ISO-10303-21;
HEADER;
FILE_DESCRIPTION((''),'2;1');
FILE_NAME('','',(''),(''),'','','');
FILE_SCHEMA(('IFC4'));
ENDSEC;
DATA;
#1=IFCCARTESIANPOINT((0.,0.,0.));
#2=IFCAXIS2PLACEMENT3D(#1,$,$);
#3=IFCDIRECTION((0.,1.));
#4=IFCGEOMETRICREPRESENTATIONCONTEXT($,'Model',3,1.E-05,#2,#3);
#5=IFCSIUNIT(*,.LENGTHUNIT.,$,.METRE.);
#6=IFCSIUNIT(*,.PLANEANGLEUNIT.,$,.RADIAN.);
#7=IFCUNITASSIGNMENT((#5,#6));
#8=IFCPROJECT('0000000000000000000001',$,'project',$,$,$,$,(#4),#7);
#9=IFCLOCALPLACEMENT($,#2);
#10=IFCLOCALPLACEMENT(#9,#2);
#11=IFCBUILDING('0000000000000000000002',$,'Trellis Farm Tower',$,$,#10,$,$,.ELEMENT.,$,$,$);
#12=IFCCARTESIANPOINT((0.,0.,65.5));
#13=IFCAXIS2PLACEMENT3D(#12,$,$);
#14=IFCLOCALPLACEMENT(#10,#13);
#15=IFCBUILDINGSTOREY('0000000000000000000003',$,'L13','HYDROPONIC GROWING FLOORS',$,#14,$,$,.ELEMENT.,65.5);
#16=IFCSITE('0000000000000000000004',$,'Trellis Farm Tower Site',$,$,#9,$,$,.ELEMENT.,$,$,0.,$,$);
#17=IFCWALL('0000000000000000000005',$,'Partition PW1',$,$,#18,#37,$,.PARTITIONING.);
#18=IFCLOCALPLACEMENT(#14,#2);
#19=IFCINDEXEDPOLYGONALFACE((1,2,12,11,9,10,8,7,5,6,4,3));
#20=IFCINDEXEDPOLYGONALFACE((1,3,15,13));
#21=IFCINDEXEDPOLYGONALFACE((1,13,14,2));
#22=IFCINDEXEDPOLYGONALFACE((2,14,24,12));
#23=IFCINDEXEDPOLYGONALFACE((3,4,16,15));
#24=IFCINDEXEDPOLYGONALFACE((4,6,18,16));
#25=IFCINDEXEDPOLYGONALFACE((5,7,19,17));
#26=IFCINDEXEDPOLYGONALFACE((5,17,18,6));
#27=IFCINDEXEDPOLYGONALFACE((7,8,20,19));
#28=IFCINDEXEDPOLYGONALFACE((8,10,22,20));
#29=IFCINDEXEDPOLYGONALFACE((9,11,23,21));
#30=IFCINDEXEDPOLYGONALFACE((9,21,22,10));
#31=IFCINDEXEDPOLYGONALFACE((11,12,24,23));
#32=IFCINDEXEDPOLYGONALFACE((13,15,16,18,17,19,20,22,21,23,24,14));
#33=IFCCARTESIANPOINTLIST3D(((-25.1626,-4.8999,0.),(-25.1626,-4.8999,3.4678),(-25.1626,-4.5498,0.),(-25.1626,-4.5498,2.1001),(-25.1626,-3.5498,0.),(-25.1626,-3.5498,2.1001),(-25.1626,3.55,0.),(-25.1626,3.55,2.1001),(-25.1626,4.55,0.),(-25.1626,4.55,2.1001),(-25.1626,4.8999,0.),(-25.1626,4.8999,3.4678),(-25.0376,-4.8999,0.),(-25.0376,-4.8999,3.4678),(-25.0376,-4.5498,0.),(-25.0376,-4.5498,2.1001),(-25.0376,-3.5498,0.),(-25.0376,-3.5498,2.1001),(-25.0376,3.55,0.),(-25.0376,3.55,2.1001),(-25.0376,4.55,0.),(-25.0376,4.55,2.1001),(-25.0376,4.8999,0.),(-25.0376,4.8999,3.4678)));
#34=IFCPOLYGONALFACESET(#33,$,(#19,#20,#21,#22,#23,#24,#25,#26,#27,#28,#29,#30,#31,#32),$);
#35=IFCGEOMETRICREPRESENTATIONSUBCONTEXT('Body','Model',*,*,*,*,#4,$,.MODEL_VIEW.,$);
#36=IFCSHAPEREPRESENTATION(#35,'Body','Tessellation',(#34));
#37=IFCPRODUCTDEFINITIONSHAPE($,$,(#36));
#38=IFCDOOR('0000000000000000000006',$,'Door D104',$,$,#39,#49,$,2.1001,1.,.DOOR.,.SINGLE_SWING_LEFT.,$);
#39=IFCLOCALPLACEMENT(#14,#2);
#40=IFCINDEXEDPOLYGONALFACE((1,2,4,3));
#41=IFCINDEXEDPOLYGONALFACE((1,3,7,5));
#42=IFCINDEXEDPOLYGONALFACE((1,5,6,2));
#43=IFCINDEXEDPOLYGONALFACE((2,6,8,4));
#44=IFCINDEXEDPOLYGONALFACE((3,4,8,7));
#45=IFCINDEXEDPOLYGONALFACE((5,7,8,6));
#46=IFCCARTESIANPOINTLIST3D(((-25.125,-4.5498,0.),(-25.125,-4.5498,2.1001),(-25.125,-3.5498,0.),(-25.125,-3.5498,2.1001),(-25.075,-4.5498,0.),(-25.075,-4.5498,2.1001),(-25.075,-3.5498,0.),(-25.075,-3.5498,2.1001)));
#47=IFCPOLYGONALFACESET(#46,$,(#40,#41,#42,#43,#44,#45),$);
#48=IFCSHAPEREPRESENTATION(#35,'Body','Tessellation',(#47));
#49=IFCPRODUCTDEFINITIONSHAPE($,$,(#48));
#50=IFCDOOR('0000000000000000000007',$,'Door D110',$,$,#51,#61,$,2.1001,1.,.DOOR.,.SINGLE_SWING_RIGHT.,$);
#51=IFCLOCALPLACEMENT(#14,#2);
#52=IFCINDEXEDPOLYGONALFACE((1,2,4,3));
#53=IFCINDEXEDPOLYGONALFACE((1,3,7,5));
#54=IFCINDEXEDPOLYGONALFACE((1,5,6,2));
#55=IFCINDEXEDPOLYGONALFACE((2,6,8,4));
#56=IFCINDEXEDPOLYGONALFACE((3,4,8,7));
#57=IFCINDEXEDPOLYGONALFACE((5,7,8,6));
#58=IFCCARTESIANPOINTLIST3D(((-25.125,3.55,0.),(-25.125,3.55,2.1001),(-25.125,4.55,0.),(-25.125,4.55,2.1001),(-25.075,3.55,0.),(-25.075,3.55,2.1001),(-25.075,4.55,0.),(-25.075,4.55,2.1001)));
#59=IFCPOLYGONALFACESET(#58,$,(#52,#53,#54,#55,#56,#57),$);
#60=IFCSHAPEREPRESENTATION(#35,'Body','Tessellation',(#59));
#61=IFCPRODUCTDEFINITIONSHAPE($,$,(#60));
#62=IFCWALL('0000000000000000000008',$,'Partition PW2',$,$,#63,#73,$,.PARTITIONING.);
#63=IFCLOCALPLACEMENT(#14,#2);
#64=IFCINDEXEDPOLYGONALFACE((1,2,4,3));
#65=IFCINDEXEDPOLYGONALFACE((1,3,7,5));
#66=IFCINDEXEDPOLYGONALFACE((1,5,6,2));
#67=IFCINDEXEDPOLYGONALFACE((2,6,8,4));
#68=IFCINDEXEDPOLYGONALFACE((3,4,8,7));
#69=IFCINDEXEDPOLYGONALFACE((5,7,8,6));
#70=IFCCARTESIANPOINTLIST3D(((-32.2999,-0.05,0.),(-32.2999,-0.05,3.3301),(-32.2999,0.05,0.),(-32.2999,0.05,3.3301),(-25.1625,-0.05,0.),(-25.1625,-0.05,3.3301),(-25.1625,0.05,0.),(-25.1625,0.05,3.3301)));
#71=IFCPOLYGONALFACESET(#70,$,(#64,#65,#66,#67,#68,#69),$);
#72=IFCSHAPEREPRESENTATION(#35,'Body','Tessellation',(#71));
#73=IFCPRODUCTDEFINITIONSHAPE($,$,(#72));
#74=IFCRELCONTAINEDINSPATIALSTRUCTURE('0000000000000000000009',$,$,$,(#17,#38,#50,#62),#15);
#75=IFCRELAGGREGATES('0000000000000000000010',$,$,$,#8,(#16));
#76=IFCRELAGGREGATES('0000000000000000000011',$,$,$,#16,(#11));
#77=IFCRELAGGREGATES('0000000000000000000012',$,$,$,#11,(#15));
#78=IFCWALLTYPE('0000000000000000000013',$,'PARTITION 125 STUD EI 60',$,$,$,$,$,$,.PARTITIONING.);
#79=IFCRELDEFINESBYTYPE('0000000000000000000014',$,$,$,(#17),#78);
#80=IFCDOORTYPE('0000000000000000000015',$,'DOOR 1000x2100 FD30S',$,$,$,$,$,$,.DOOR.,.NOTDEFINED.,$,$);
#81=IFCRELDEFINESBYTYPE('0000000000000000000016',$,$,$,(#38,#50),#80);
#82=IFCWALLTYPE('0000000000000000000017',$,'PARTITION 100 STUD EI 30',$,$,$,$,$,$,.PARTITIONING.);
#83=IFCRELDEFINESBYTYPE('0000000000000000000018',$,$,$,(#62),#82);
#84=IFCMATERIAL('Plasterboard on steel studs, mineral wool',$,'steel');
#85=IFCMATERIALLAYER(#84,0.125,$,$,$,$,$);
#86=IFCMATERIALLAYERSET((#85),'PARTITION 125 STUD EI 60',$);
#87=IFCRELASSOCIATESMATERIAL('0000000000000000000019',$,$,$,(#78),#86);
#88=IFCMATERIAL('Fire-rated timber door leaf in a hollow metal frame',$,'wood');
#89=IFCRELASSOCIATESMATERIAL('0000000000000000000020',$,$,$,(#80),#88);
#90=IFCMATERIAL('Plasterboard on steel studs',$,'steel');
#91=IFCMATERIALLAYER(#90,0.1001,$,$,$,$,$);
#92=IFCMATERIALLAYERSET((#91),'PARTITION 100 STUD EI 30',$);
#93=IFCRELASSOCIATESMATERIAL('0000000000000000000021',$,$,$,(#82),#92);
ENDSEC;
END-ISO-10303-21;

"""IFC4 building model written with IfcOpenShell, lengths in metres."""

from ifc_helpers import new_model, si_unit, direction, frame, frame_2d, origin, place, context, subcontext, project, spatial, rectangle, extrude, source, transform, mapped, material, layer, layer_set, type_object, element, fill, save


model = new_model("IFC4")

# Units and contexts
model_context = context("Model", 3, precision=1e-05, world=origin(), true_north=direction((0.0, 1.0)))
body_context = subcontext(model_context, "Body", "Model", "MODEL_VIEW")
ifc_project = project(units=[si_unit("LENGTHUNIT", "METRE"), si_unit("PLANEANGLEUNIT", "RADIAN")], contexts=[model_context])

# Site, building, storey
site_placement = place(None, origin())
site = spatial("IfcSite", under=ifc_project, at=site_placement, Name="Trellis Farm Tower Site", CompositionType="ELEMENT", RefElevation=0.0)
building_placement = place(site_placement, origin())
building = spatial("IfcBuilding", under=site, at=building_placement, Name="Trellis Farm Tower", CompositionType="ELEMENT")
storey_placement = place(building_placement, frame((0.0, 0.0, 65.5)))
storey = spatial("IfcBuildingStorey", under=building, at=storey_placement, Name="L13", Description="HYDROPONIC GROWING FLOORS", CompositionType="ELEMENT", Elevation=65.5)

# Wall, openings, doors
ifc_material_1 = material(Name="Plasterboard on steel studs, mineral wool", Category="steel")
ifc_layer_1 = layer(ifc_material_1, 0.125)
ifc_layer_set_1 = layer_set([ifc_layer_1], Name="PARTITION 125 STUD EI 60")
wall_type_1 = type_object("IfcWallType", Name="PARTITION 125 STUD EI 60", PredefinedType="PARTITIONING", material=ifc_layer_set_1)
shared_shape_1 = source(origin(), body_context, "Body", "SweptSolid", [
    extrude(rectangle(XDim=9.7998, YDim=0.125, at=frame_2d((4.8999, 0.0))), origin(), (0.0, 0.0, 1.0), 3.4678),
])
wall_1_placement = place(storey_placement, frame((-25.1001, -4.8999, 0.0), z_axis=(0.0, 0.0, 1.0), x_axis=(0.0, 1.0, 0.0)))
wall_1 = element("IfcWall", 1, at=wall_1_placement, inside=storey, type_object=wall_type_1, Name="Partition PW1", PredefinedType="PARTITIONING", context=body_context, shape_type="MappedRepresentation", body=[
    mapped(shared_shape_1, transform((0.0, 0.0, 0.0))),
])
shared_shape_2 = source(origin(), body_context, "Body", "SweptSolid", [
    extrude(rectangle(XDim=1.0, YDim=2.1001, at=frame_2d((0.5, 1.05))), frame((0.0, 0.0725, 0.0), z_axis=(0.0, -1.0, 0.0), x_axis=(1.0, 0.0, 0.0)), (0.0, 0.0, 1.0), 0.145),
])
opening_1_placement = place(wall_1_placement, frame((0.3501, 0.0, 0.0)))
opening_1 = element("IfcOpeningElement", 2, at=opening_1_placement, cuts=wall_1, PredefinedType="OPENING", context=body_context, shape_type="MappedRepresentation", body=[
    mapped(shared_shape_2, transform((0.0, 0.0, 0.0))),
])
opening_2_placement = place(wall_1_placement, frame((8.45, 0.0, 0.0)))
opening_2 = element("IfcOpeningElement", 3, at=opening_2_placement, cuts=wall_1, PredefinedType="OPENING", context=body_context, shape_type="MappedRepresentation", body=[
    mapped(shared_shape_2, transform((0.0, 0.0, 0.0))),
])
ifc_material_2 = material(Name="Fire-rated timber door leaf in a hollow metal frame", Category="wood")
door_type_1 = type_object("IfcDoorType", Name="DOOR 1000x2100 FD30S", OperationType="NOTDEFINED", PredefinedType="DOOR", material=ifc_material_2)
shared_shape_3 = source(origin(), body_context, "Body", "SweptSolid", [
    extrude(rectangle(XDim=1.0, YDim=2.1001, at=frame_2d((0.5, 1.05))), frame((0.0, 0.0249, 0.0), z_axis=(0.0, -1.0, 0.0), x_axis=(1.0, 0.0, 0.0)), (0.0, 0.0, 1.0), 0.05),
])
door_1_placement = place(opening_1_placement, origin())
door_1 = element("IfcDoor", 4, at=door_1_placement, inside=storey, type_object=door_type_1, Name="Door D104", OperationType="SINGLE_SWING_LEFT", OverallHeight=2.1001, OverallWidth=1.0, PredefinedType="DOOR", context=body_context, shape_type="MappedRepresentation", body=[
    mapped(shared_shape_3, transform((0.0, 0.0, 0.0))),
])
fill(opening_1, door_1)
door_2_placement = place(opening_2_placement, origin())
door_2 = element("IfcDoor", 5, at=door_2_placement, inside=storey, type_object=door_type_1, Name="Door D110", OperationType="SINGLE_SWING_RIGHT", OverallHeight=2.1001, OverallWidth=1.0, PredefinedType="DOOR", context=body_context, shape_type="MappedRepresentation", body=[
    mapped(shared_shape_3, transform((0.0, 0.0, 0.0))),
])
fill(opening_2, door_2)

# Wall
ifc_material_3 = material(Name="Plasterboard on steel studs", Category="steel")
ifc_layer_2 = layer(ifc_material_3, 0.1001)
ifc_layer_set_2 = layer_set([ifc_layer_2], Name="PARTITION 100 STUD EI 30")
wall_type_2 = type_object("IfcWallType", Name="PARTITION 100 STUD EI 30", PredefinedType="PARTITIONING", material=ifc_layer_set_2)
shared_shape_4 = source(origin(), body_context, "Body", "SweptSolid", [
    extrude(rectangle(XDim=7.1375, YDim=0.1001, at=frame_2d((3.5688, 0.0))), origin(), (0.0, 0.0, 1.0), 3.3301),
])
wall_2_placement = place(storey_placement, frame((-32.3, 0.0, 0.0), z_axis=(0.0, 0.0, 1.0), x_axis=(1.0, 0.0, 0.0)))
element("IfcWall", 6, at=wall_2_placement, inside=storey, type_object=wall_type_2, Name="Partition PW2", PredefinedType="PARTITIONING", context=body_context, shape_type="MappedRepresentation", body=[
    mapped(shared_shape_4, transform((0.0, 0.0, 0.0))),
])

save(model, "model.ifc")
